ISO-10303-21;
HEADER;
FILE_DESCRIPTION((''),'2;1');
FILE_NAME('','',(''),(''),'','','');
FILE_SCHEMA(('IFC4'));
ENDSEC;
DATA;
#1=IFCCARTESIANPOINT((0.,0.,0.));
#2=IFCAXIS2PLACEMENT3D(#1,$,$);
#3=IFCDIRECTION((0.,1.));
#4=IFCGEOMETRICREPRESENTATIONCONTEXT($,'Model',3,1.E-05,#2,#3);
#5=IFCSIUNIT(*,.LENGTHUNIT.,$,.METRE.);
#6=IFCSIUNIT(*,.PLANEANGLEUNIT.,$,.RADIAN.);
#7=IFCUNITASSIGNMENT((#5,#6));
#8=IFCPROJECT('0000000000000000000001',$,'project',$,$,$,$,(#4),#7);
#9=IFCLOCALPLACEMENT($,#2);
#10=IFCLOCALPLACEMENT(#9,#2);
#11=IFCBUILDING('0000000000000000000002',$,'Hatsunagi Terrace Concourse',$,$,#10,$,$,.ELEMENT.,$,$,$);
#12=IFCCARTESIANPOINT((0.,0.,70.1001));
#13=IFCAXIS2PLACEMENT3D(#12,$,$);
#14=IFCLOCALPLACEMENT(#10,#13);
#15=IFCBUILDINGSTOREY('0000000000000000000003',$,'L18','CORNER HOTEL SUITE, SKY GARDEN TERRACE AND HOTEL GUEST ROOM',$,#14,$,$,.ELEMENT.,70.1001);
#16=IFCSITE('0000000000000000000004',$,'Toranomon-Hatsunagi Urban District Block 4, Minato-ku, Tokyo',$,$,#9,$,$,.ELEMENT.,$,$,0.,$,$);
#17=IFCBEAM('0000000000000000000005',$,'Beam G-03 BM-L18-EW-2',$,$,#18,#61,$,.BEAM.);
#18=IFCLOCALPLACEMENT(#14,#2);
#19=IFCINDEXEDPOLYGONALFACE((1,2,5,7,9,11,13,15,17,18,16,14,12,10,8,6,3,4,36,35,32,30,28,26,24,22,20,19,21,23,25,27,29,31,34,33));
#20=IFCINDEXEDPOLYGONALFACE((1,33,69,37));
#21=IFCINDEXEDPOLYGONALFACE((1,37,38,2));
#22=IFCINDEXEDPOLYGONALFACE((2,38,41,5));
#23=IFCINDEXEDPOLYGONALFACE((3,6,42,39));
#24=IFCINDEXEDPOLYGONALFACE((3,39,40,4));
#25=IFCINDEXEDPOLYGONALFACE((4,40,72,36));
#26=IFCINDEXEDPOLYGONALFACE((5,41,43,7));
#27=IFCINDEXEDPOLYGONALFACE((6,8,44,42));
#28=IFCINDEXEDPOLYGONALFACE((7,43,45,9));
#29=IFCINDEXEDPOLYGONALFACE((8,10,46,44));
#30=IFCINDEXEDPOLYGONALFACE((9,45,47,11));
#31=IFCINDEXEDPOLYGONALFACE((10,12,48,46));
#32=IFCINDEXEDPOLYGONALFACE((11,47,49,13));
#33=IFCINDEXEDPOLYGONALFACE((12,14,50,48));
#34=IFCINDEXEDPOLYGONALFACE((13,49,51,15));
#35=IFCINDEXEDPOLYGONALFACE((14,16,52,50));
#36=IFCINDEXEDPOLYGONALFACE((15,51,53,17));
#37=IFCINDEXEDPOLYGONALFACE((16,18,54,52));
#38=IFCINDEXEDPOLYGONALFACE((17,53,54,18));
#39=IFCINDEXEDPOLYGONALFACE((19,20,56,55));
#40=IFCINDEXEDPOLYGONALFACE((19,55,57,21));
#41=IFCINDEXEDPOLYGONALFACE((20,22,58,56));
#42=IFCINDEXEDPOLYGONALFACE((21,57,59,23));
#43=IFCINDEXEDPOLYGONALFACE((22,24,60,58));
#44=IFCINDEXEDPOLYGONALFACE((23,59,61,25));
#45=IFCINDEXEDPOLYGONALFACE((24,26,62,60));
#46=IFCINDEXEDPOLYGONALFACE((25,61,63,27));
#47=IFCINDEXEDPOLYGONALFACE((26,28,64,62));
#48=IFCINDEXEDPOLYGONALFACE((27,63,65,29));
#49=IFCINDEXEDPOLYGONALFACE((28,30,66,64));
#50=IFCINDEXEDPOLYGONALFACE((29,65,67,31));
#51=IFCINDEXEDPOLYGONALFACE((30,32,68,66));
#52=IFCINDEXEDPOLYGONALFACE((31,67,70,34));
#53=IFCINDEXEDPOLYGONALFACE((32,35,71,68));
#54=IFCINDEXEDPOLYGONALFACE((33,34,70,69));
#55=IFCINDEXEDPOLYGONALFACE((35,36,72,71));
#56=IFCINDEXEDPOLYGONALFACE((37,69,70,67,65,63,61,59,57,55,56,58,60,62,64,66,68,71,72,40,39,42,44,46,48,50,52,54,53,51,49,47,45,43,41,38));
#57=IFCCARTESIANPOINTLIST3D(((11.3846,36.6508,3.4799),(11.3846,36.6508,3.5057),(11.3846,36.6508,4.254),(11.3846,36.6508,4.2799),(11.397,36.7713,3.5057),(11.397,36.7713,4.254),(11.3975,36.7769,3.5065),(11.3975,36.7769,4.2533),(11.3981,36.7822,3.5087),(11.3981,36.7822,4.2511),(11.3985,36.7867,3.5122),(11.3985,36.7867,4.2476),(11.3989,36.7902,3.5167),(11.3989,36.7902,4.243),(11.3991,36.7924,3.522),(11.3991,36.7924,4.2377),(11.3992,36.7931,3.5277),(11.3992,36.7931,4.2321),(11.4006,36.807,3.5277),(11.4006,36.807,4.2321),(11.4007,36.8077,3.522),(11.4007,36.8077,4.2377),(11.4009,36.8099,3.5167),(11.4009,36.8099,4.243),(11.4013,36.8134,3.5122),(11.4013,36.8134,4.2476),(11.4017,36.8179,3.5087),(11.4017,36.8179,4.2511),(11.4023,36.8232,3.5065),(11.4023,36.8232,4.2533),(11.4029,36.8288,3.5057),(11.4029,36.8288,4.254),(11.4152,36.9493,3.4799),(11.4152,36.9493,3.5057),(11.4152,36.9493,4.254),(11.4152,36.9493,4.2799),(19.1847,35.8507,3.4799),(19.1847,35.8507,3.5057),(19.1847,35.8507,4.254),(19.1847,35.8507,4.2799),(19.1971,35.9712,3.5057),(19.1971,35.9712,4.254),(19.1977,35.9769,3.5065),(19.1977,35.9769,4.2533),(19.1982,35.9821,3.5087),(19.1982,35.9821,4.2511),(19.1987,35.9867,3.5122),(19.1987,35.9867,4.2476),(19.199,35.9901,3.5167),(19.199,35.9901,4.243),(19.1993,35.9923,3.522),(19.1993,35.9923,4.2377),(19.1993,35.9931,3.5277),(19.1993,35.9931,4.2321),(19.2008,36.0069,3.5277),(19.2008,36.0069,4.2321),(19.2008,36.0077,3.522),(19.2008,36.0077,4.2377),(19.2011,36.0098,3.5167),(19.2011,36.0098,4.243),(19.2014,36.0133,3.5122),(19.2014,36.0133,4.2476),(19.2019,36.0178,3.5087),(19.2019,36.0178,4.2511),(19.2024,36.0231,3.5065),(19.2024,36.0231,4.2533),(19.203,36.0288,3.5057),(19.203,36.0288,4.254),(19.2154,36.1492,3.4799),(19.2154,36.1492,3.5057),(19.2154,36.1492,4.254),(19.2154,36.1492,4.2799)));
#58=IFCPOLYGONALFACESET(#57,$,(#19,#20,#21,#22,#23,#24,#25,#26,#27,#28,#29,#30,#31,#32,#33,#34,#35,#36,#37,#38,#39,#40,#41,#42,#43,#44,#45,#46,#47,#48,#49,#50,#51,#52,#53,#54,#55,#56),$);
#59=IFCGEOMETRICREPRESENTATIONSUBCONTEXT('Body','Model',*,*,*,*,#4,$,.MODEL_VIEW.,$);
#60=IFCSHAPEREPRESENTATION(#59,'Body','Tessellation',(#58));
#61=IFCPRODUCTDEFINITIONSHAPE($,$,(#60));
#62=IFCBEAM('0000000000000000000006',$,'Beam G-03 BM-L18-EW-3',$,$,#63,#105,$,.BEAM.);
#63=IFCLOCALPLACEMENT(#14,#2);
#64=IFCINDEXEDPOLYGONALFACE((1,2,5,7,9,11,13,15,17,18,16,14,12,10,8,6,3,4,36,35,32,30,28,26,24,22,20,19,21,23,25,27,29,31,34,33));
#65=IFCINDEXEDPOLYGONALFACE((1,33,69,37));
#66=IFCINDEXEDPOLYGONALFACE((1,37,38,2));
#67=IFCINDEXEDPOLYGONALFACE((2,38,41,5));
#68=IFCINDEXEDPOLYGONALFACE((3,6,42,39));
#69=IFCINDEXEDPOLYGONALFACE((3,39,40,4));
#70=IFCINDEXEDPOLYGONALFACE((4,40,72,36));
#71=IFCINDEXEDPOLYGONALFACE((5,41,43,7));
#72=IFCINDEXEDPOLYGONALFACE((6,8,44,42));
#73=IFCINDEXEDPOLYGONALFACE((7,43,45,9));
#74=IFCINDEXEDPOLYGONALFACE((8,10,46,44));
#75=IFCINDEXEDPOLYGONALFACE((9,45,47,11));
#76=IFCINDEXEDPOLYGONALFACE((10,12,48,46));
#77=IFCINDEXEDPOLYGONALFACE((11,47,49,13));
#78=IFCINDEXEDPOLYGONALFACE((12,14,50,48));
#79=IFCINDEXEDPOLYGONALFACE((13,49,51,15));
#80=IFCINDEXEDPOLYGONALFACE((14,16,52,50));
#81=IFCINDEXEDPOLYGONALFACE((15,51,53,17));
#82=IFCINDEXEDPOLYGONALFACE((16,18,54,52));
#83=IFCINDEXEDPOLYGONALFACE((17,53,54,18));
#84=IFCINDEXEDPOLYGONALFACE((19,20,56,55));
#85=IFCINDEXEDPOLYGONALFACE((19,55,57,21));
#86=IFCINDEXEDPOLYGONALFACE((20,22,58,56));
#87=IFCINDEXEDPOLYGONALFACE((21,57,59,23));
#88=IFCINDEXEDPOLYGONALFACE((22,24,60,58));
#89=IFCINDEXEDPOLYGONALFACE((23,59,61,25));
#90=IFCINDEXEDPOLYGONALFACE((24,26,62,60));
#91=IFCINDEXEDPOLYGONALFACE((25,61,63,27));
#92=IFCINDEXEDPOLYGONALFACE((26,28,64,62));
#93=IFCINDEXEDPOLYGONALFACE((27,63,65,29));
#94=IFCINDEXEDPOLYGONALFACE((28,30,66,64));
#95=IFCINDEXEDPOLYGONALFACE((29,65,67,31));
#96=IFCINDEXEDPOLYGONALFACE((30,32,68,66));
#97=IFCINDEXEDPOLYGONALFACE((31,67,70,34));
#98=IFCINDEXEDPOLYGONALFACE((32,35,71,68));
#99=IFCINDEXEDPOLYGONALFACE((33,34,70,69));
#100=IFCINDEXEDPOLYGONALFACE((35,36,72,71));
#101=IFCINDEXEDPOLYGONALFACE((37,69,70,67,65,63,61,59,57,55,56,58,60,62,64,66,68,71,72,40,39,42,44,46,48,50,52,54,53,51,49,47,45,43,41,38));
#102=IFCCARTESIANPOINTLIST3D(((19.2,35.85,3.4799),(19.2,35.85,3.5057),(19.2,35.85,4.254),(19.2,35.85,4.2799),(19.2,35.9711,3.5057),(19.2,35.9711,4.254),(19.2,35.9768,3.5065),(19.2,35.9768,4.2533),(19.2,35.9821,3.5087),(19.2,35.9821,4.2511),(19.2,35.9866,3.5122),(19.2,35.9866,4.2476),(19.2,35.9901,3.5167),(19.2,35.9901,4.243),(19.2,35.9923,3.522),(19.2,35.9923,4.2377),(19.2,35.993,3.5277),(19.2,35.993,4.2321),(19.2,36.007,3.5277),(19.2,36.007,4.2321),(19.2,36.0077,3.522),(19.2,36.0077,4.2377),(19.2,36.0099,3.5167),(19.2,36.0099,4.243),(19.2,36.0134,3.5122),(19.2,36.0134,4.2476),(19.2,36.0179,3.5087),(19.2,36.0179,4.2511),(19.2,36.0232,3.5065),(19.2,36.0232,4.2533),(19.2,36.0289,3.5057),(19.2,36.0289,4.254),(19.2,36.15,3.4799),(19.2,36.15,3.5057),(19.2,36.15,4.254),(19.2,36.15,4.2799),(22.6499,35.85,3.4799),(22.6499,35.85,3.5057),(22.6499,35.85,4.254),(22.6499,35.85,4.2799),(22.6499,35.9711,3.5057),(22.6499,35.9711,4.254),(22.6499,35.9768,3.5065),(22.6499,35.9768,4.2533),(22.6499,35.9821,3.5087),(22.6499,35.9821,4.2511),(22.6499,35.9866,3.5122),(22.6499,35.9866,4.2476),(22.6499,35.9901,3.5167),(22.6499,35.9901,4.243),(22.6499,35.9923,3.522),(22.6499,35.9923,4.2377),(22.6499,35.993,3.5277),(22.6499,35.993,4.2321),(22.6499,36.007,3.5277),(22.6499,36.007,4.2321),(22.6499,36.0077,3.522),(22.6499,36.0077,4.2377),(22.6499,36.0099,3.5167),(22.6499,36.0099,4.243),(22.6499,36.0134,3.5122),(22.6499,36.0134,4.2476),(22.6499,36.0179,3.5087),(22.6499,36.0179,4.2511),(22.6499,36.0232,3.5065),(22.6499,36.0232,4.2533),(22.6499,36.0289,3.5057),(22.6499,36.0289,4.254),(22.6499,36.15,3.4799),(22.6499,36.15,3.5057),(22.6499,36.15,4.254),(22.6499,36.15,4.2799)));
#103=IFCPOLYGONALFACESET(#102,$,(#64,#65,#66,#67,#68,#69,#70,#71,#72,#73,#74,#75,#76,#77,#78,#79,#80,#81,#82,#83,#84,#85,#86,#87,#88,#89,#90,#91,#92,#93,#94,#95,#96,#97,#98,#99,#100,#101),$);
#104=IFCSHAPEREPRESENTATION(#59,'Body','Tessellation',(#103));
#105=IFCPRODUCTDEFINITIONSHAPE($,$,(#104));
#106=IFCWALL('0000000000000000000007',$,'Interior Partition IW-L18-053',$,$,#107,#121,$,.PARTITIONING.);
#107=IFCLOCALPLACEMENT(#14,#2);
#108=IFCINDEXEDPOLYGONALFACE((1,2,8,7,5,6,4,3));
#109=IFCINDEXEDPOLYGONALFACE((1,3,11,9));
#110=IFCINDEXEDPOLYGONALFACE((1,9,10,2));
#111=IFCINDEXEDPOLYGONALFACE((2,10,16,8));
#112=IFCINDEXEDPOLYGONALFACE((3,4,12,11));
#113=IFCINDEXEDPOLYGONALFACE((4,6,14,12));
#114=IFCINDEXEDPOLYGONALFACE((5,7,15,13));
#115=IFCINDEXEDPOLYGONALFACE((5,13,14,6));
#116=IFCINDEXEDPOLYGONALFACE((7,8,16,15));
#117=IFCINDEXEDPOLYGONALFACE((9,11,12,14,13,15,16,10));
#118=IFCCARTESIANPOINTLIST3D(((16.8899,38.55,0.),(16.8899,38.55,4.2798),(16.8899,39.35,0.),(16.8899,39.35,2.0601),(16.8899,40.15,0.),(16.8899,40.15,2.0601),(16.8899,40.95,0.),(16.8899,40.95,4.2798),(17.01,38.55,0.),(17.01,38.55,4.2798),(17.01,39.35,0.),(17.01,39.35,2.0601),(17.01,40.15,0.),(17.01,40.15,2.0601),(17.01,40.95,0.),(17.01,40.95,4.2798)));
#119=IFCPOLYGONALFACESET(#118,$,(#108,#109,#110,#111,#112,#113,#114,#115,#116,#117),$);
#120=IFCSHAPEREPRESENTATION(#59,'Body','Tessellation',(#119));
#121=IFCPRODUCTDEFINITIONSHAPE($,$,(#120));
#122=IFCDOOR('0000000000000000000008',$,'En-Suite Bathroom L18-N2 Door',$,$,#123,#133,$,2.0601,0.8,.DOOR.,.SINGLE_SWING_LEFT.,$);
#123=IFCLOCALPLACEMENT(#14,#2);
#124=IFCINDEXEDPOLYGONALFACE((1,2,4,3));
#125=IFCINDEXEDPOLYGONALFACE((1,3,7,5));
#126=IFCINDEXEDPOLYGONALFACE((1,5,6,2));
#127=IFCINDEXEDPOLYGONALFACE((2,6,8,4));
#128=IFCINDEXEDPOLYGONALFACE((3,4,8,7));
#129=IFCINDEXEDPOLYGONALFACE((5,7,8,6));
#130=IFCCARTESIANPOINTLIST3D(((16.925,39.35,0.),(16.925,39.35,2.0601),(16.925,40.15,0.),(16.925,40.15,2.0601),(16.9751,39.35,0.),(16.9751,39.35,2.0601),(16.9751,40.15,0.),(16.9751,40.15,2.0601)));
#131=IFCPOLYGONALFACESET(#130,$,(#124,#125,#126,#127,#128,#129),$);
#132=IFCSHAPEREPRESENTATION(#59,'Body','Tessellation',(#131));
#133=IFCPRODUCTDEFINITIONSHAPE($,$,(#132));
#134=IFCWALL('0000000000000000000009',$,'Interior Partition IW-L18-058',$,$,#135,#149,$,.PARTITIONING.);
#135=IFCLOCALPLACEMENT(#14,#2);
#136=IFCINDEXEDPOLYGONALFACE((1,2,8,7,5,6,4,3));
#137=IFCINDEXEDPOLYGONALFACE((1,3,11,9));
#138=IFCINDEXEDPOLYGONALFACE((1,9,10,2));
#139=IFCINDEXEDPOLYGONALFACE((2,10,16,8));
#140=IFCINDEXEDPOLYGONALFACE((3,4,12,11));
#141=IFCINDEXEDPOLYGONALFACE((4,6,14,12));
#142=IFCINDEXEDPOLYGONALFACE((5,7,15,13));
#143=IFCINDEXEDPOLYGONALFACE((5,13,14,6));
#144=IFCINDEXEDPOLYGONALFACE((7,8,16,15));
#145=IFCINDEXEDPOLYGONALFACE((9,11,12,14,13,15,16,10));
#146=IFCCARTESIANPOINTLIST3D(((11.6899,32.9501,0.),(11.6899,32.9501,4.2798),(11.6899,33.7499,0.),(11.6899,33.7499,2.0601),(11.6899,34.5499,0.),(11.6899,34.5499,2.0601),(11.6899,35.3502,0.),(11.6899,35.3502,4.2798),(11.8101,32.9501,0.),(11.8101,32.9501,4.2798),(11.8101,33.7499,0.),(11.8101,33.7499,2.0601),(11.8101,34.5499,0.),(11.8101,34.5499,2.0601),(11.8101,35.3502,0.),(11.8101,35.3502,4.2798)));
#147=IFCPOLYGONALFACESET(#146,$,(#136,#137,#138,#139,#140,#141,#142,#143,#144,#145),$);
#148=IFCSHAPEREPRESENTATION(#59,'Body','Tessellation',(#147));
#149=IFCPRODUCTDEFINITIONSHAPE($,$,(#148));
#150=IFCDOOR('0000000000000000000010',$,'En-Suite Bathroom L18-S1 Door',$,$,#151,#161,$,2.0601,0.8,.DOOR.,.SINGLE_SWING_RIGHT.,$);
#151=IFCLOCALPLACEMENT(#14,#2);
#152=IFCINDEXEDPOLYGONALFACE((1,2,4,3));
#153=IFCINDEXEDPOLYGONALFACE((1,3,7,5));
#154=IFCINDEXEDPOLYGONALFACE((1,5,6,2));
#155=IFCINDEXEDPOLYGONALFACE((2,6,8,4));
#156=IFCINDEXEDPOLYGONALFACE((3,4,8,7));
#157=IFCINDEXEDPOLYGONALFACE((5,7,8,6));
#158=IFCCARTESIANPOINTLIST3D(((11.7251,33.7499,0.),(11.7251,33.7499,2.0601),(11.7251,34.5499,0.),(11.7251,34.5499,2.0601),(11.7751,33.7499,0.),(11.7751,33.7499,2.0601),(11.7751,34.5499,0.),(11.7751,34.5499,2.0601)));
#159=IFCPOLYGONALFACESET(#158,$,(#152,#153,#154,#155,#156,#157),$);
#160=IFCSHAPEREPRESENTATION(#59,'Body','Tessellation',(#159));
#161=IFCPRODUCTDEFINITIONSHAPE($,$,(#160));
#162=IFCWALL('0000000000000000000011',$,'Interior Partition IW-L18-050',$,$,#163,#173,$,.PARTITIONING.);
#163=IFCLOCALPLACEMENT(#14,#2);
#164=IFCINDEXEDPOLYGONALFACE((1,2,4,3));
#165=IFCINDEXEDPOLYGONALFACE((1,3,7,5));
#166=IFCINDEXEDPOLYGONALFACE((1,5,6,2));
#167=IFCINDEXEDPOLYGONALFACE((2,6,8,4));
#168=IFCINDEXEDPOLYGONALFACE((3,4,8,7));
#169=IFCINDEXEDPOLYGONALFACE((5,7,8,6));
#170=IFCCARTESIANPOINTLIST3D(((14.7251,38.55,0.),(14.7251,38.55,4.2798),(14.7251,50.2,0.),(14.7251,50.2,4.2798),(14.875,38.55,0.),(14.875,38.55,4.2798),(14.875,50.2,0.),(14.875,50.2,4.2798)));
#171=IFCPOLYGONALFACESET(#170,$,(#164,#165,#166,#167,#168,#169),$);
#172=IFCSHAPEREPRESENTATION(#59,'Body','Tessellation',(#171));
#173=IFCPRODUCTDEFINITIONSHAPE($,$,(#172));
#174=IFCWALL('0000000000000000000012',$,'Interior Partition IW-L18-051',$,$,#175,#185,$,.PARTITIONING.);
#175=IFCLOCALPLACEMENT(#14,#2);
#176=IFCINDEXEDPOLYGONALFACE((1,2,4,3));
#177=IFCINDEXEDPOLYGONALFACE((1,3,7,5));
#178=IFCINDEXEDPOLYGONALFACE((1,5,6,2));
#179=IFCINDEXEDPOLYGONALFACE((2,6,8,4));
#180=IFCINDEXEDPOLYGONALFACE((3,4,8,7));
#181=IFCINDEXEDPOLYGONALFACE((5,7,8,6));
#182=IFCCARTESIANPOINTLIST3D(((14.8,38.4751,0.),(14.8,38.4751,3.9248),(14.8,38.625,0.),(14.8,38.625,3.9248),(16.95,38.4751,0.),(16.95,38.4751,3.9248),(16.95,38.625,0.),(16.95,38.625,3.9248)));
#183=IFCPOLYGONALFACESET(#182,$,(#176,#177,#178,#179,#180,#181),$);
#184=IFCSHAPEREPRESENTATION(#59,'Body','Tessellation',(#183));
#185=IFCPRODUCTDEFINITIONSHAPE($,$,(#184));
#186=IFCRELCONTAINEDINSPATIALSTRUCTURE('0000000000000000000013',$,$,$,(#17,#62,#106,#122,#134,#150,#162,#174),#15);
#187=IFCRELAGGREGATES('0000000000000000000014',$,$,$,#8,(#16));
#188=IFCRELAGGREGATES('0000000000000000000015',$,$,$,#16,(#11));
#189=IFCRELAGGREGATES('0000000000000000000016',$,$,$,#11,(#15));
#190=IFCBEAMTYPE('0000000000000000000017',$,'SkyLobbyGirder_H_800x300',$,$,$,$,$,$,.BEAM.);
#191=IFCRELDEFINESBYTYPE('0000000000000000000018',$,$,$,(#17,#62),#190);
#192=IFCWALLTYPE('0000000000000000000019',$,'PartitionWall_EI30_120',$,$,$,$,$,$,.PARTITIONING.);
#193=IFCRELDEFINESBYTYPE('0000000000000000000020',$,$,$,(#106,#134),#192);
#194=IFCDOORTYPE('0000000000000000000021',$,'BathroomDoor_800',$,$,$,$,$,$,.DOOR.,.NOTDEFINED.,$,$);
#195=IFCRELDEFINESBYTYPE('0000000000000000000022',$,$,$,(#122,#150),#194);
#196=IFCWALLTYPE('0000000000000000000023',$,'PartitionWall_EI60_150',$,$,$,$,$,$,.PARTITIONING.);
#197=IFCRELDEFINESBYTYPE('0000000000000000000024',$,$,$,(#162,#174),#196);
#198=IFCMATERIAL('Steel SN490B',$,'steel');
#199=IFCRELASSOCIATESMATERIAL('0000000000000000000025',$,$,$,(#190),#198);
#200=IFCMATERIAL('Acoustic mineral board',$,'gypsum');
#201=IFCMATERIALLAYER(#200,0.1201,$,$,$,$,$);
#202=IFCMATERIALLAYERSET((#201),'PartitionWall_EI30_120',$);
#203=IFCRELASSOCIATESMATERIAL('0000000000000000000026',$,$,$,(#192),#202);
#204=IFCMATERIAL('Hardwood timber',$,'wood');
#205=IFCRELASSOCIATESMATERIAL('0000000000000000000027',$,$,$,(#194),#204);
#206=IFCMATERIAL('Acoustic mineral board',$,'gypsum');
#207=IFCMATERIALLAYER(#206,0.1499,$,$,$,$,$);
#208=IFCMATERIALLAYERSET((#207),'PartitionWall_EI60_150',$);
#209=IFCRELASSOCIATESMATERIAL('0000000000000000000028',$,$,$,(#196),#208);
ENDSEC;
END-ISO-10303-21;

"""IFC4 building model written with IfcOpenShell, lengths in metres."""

from ifc_helpers import new_model, si_unit, direction, frame, frame_2d, origin, origin_2d, place, context, subcontext, project, spatial, rectangle, i_section, extrude, material, layer, layer_set, material_profile, profile_set, type_object, element, fill, save


model = new_model("IFC4")

# Units and contexts
model_context = context("Model", 3, precision=1e-05, world=origin(), true_north=direction((0.0, 1.0)))
body_context = subcontext(model_context, "Body", "Model", "MODEL_VIEW")
ifc_project = project(units=[si_unit("LENGTHUNIT", "METRE"), si_unit("PLANEANGLEUNIT", "RADIAN")], contexts=[model_context])

# Site, building, storey
site_placement = place(None, origin())
site = spatial("IfcSite", under=ifc_project, at=site_placement, Name="Toranomon-Hatsunagi Urban District Block 4, Minato-ku, Tokyo", CompositionType="ELEMENT", RefElevation=0.0)
building_placement = place(site_placement, origin())
building = spatial("IfcBuilding", under=site, at=building_placement, Name="Hatsunagi Terrace Concourse", CompositionType="ELEMENT")
storey_placement = place(building_placement, frame((0.0, 0.0, 70.1001)))
storey = spatial("IfcBuildingStorey", under=building, at=storey_placement, Name="L18", Description="CORNER HOTEL SUITE, SKY GARDEN TERRACE AND HOTEL GUEST ROOM", CompositionType="ELEMENT", Elevation=70.1001)

# Beams
ifc_material_1 = material(Name="Steel SN490B", Category="steel")
ifc_material_profile_1 = material_profile(ifc_material_1, i_section(OverallWidth=0.3, OverallDepth=0.8, WebThickness=0.0139, FlangeThickness=0.0259, FilletRadius=0.022, at=origin_2d()), Name="H-800x300x14x26")
ifc_profile_set_1 = profile_set([ifc_material_profile_1], Name="Steel SN490B")
beam_type_1 = type_object("IfcBeamType", Name="SkyLobbyGirder_H_800x300", PredefinedType="BEAM", material=ifc_profile_set_1)
beam_1_placement = place(storey_placement, frame((11.3999, 36.8, 3.8799), z_axis=(0.994781, -0.102034, 0.0), x_axis=(0.102034, 0.994781, 0.0)))
element("IfcBeam", 1, at=beam_1_placement, inside=storey, type_object=beam_type_1, Name="Beam G-03 BM-L18-EW-2", PredefinedType="BEAM", context=body_context, shape_type="SweptSolid", body=[
    extrude(i_section(OverallWidth=0.3, OverallDepth=0.8, WebThickness=0.0139, FlangeThickness=0.0259, FilletRadius=0.022, at=origin_2d()), origin(), (0.0, 0.0, 1.0), 7.8411),
])
beam_2_placement = place(storey_placement, frame((19.2, 36.0, 3.8799), z_axis=(1.0, 0.0, 0.0), x_axis=(0.0, 1.0, 0.0)))
element("IfcBeam", 2, at=beam_2_placement, inside=storey, type_object=beam_type_1, Name="Beam G-03 BM-L18-EW-3", PredefinedType="BEAM", context=body_context, shape_type="SweptSolid", body=[
    extrude(i_section(OverallWidth=0.3, OverallDepth=0.8, WebThickness=0.0139, FlangeThickness=0.0259, FilletRadius=0.022, at=origin_2d()), origin(), (0.0, 0.0, 1.0), 3.45),
])

# Walls, openings, doors
ifc_material_2 = material(Name="Acoustic mineral board", Category="gypsum")
ifc_layer_1 = layer(ifc_material_2, 0.1201)
ifc_layer_set_1 = layer_set([ifc_layer_1], Name="PartitionWall_EI30_120")
wall_type_1 = type_object("IfcWallType", Name="PartitionWall_EI30_120", PredefinedType="PARTITIONING", material=ifc_layer_set_1)
wall_1_placement = place(storey_placement, frame((16.95, 38.55, 0.0), z_axis=(0.0, 0.0, 1.0), x_axis=(0.0, 1.0, 0.0)))
wall_1 = element("IfcWall", 3, at=wall_1_placement, inside=storey, type_object=wall_type_1, Name="Interior Partition IW-L18-053", PredefinedType="PARTITIONING", context=body_context, shape_type="SweptSolid", body=[
    extrude(rectangle(XDim=2.3999, YDim=0.1201, at=frame_2d((1.2, 0.0))), origin(), (0.0, 0.0, 1.0), 4.2798),
])
opening_1_placement = place(wall_1_placement, frame((0.8, 0.0, 0.0)))
opening_1 = element("IfcOpeningElement", 4, at=opening_1_placement, cuts=wall_1, PredefinedType="OPENING", context=body_context, shape_type="SweptSolid", body=[
    extrude(rectangle(XDim=0.8, YDim=2.0601, at=frame_2d((0.3999, 1.03))), frame((0.0, 0.0701, 0.0), z_axis=(0.0, -1.0, 0.0), x_axis=(1.0, 0.0, 0.0)), (0.0, 0.0, 1.0), 0.1401),
])
ifc_material_3 = material(Name="Hardwood timber", Category="wood")
door_type_1 = type_object("IfcDoorType", Name="BathroomDoor_800", OperationType="NOTDEFINED", PredefinedType="DOOR", material=ifc_material_3)
door_1_placement = place(opening_1_placement, origin())
door_1 = element("IfcDoor", 5, at=door_1_placement, inside=storey, type_object=door_type_1, Name="En-Suite Bathroom L18-N2 Door", OperationType="SINGLE_SWING_LEFT", OverallHeight=2.0601, OverallWidth=0.8, PredefinedType="DOOR", context=body_context, shape_type="SweptSolid", body=[
    extrude(rectangle(XDim=0.8, YDim=2.0601, at=frame_2d((0.3999, 1.03))), frame((0.0, 0.0249, 0.0), z_axis=(0.0, -1.0, 0.0), x_axis=(1.0, 0.0, 0.0)), (0.0, 0.0, 1.0), 0.05),
])
fill(opening_1, door_1)
wall_2_placement = place(storey_placement, frame((11.75, 32.95, 0.0), z_axis=(0.0, 0.0, 1.0), x_axis=(0.0, 1.0, 0.0)))
wall_2 = element("IfcWall", 6, at=wall_2_placement, inside=storey, type_object=wall_type_1, Name="Interior Partition IW-L18-058", PredefinedType="PARTITIONING", context=body_context, shape_type="SweptSolid", body=[
    extrude(rectangle(XDim=2.4001, YDim=0.1201, at=frame_2d((1.2002, 0.0))), origin(), (0.0, 0.0, 1.0), 4.2798),
])
opening_2_placement = place(wall_2_placement, frame((0.8, 0.0, 0.0)))
opening_2 = element("IfcOpeningElement", 7, at=opening_2_placement, cuts=wall_2, PredefinedType="OPENING", context=body_context, shape_type="SweptSolid", body=[
    extrude(rectangle(XDim=0.8, YDim=2.0601, at=frame_2d((0.3999, 1.03))), frame((0.0, 0.0701, 0.0), z_axis=(0.0, -1.0, 0.0), x_axis=(1.0, 0.0, 0.0)), (0.0, 0.0, 1.0), 0.1401),
])
door_2_placement = place(opening_2_placement, origin())
door_2 = element("IfcDoor", 8, at=door_2_placement, inside=storey, type_object=door_type_1, Name="En-Suite Bathroom L18-S1 Door", OperationType="SINGLE_SWING_RIGHT", OverallHeight=2.0601, OverallWidth=0.8, PredefinedType="DOOR", context=body_context, shape_type="SweptSolid", body=[
    extrude(rectangle(XDim=0.8, YDim=2.0601, at=frame_2d((0.3999, 1.03))), frame((0.0, 0.0249, 0.0), z_axis=(0.0, -1.0, 0.0), x_axis=(1.0, 0.0, 0.0)), (0.0, 0.0, 1.0), 0.05),
])
fill(opening_2, door_2)

# Walls
ifc_material_4 = material(Name="Acoustic mineral board", Category="gypsum")
ifc_layer_2 = layer(ifc_material_4, 0.1499)
ifc_layer_set_2 = layer_set([ifc_layer_2], Name="PartitionWall_EI60_150")
wall_type_2 = type_object("IfcWallType", Name="PartitionWall_EI60_150", PredefinedType="PARTITIONING", material=ifc_layer_set_2)
wall_3_placement = place(storey_placement, frame((14.8, 38.55, 0.0), z_axis=(0.0, 0.0, 1.0), x_axis=(0.0, 1.0, 0.0)))
element("IfcWall", 9, at=wall_3_placement, inside=storey, type_object=wall_type_2, Name="Interior Partition IW-L18-050", PredefinedType="PARTITIONING", context=body_context, shape_type="SweptSolid", body=[
    extrude(rectangle(XDim=11.6499, YDim=0.1499, at=frame_2d((5.825, 0.0))), origin(), (0.0, 0.0, 1.0), 4.2798),
])
wall_4_placement = place(storey_placement, frame((14.8, 38.55, 0.0), z_axis=(0.0, 0.0, 1.0), x_axis=(1.0, 0.0, 0.0)))
element("IfcWall", 10, at=wall_4_placement, inside=storey, type_object=wall_type_2, Name="Interior Partition IW-L18-051", PredefinedType="PARTITIONING", context=body_context, shape_type="SweptSolid", body=[
    extrude(rectangle(XDim=2.1499, YDim=0.1499, at=frame_2d((1.075, 0.0))), origin(), (0.0, 0.0, 1.0), 3.9248),
])

save(model, "model.ifc")
